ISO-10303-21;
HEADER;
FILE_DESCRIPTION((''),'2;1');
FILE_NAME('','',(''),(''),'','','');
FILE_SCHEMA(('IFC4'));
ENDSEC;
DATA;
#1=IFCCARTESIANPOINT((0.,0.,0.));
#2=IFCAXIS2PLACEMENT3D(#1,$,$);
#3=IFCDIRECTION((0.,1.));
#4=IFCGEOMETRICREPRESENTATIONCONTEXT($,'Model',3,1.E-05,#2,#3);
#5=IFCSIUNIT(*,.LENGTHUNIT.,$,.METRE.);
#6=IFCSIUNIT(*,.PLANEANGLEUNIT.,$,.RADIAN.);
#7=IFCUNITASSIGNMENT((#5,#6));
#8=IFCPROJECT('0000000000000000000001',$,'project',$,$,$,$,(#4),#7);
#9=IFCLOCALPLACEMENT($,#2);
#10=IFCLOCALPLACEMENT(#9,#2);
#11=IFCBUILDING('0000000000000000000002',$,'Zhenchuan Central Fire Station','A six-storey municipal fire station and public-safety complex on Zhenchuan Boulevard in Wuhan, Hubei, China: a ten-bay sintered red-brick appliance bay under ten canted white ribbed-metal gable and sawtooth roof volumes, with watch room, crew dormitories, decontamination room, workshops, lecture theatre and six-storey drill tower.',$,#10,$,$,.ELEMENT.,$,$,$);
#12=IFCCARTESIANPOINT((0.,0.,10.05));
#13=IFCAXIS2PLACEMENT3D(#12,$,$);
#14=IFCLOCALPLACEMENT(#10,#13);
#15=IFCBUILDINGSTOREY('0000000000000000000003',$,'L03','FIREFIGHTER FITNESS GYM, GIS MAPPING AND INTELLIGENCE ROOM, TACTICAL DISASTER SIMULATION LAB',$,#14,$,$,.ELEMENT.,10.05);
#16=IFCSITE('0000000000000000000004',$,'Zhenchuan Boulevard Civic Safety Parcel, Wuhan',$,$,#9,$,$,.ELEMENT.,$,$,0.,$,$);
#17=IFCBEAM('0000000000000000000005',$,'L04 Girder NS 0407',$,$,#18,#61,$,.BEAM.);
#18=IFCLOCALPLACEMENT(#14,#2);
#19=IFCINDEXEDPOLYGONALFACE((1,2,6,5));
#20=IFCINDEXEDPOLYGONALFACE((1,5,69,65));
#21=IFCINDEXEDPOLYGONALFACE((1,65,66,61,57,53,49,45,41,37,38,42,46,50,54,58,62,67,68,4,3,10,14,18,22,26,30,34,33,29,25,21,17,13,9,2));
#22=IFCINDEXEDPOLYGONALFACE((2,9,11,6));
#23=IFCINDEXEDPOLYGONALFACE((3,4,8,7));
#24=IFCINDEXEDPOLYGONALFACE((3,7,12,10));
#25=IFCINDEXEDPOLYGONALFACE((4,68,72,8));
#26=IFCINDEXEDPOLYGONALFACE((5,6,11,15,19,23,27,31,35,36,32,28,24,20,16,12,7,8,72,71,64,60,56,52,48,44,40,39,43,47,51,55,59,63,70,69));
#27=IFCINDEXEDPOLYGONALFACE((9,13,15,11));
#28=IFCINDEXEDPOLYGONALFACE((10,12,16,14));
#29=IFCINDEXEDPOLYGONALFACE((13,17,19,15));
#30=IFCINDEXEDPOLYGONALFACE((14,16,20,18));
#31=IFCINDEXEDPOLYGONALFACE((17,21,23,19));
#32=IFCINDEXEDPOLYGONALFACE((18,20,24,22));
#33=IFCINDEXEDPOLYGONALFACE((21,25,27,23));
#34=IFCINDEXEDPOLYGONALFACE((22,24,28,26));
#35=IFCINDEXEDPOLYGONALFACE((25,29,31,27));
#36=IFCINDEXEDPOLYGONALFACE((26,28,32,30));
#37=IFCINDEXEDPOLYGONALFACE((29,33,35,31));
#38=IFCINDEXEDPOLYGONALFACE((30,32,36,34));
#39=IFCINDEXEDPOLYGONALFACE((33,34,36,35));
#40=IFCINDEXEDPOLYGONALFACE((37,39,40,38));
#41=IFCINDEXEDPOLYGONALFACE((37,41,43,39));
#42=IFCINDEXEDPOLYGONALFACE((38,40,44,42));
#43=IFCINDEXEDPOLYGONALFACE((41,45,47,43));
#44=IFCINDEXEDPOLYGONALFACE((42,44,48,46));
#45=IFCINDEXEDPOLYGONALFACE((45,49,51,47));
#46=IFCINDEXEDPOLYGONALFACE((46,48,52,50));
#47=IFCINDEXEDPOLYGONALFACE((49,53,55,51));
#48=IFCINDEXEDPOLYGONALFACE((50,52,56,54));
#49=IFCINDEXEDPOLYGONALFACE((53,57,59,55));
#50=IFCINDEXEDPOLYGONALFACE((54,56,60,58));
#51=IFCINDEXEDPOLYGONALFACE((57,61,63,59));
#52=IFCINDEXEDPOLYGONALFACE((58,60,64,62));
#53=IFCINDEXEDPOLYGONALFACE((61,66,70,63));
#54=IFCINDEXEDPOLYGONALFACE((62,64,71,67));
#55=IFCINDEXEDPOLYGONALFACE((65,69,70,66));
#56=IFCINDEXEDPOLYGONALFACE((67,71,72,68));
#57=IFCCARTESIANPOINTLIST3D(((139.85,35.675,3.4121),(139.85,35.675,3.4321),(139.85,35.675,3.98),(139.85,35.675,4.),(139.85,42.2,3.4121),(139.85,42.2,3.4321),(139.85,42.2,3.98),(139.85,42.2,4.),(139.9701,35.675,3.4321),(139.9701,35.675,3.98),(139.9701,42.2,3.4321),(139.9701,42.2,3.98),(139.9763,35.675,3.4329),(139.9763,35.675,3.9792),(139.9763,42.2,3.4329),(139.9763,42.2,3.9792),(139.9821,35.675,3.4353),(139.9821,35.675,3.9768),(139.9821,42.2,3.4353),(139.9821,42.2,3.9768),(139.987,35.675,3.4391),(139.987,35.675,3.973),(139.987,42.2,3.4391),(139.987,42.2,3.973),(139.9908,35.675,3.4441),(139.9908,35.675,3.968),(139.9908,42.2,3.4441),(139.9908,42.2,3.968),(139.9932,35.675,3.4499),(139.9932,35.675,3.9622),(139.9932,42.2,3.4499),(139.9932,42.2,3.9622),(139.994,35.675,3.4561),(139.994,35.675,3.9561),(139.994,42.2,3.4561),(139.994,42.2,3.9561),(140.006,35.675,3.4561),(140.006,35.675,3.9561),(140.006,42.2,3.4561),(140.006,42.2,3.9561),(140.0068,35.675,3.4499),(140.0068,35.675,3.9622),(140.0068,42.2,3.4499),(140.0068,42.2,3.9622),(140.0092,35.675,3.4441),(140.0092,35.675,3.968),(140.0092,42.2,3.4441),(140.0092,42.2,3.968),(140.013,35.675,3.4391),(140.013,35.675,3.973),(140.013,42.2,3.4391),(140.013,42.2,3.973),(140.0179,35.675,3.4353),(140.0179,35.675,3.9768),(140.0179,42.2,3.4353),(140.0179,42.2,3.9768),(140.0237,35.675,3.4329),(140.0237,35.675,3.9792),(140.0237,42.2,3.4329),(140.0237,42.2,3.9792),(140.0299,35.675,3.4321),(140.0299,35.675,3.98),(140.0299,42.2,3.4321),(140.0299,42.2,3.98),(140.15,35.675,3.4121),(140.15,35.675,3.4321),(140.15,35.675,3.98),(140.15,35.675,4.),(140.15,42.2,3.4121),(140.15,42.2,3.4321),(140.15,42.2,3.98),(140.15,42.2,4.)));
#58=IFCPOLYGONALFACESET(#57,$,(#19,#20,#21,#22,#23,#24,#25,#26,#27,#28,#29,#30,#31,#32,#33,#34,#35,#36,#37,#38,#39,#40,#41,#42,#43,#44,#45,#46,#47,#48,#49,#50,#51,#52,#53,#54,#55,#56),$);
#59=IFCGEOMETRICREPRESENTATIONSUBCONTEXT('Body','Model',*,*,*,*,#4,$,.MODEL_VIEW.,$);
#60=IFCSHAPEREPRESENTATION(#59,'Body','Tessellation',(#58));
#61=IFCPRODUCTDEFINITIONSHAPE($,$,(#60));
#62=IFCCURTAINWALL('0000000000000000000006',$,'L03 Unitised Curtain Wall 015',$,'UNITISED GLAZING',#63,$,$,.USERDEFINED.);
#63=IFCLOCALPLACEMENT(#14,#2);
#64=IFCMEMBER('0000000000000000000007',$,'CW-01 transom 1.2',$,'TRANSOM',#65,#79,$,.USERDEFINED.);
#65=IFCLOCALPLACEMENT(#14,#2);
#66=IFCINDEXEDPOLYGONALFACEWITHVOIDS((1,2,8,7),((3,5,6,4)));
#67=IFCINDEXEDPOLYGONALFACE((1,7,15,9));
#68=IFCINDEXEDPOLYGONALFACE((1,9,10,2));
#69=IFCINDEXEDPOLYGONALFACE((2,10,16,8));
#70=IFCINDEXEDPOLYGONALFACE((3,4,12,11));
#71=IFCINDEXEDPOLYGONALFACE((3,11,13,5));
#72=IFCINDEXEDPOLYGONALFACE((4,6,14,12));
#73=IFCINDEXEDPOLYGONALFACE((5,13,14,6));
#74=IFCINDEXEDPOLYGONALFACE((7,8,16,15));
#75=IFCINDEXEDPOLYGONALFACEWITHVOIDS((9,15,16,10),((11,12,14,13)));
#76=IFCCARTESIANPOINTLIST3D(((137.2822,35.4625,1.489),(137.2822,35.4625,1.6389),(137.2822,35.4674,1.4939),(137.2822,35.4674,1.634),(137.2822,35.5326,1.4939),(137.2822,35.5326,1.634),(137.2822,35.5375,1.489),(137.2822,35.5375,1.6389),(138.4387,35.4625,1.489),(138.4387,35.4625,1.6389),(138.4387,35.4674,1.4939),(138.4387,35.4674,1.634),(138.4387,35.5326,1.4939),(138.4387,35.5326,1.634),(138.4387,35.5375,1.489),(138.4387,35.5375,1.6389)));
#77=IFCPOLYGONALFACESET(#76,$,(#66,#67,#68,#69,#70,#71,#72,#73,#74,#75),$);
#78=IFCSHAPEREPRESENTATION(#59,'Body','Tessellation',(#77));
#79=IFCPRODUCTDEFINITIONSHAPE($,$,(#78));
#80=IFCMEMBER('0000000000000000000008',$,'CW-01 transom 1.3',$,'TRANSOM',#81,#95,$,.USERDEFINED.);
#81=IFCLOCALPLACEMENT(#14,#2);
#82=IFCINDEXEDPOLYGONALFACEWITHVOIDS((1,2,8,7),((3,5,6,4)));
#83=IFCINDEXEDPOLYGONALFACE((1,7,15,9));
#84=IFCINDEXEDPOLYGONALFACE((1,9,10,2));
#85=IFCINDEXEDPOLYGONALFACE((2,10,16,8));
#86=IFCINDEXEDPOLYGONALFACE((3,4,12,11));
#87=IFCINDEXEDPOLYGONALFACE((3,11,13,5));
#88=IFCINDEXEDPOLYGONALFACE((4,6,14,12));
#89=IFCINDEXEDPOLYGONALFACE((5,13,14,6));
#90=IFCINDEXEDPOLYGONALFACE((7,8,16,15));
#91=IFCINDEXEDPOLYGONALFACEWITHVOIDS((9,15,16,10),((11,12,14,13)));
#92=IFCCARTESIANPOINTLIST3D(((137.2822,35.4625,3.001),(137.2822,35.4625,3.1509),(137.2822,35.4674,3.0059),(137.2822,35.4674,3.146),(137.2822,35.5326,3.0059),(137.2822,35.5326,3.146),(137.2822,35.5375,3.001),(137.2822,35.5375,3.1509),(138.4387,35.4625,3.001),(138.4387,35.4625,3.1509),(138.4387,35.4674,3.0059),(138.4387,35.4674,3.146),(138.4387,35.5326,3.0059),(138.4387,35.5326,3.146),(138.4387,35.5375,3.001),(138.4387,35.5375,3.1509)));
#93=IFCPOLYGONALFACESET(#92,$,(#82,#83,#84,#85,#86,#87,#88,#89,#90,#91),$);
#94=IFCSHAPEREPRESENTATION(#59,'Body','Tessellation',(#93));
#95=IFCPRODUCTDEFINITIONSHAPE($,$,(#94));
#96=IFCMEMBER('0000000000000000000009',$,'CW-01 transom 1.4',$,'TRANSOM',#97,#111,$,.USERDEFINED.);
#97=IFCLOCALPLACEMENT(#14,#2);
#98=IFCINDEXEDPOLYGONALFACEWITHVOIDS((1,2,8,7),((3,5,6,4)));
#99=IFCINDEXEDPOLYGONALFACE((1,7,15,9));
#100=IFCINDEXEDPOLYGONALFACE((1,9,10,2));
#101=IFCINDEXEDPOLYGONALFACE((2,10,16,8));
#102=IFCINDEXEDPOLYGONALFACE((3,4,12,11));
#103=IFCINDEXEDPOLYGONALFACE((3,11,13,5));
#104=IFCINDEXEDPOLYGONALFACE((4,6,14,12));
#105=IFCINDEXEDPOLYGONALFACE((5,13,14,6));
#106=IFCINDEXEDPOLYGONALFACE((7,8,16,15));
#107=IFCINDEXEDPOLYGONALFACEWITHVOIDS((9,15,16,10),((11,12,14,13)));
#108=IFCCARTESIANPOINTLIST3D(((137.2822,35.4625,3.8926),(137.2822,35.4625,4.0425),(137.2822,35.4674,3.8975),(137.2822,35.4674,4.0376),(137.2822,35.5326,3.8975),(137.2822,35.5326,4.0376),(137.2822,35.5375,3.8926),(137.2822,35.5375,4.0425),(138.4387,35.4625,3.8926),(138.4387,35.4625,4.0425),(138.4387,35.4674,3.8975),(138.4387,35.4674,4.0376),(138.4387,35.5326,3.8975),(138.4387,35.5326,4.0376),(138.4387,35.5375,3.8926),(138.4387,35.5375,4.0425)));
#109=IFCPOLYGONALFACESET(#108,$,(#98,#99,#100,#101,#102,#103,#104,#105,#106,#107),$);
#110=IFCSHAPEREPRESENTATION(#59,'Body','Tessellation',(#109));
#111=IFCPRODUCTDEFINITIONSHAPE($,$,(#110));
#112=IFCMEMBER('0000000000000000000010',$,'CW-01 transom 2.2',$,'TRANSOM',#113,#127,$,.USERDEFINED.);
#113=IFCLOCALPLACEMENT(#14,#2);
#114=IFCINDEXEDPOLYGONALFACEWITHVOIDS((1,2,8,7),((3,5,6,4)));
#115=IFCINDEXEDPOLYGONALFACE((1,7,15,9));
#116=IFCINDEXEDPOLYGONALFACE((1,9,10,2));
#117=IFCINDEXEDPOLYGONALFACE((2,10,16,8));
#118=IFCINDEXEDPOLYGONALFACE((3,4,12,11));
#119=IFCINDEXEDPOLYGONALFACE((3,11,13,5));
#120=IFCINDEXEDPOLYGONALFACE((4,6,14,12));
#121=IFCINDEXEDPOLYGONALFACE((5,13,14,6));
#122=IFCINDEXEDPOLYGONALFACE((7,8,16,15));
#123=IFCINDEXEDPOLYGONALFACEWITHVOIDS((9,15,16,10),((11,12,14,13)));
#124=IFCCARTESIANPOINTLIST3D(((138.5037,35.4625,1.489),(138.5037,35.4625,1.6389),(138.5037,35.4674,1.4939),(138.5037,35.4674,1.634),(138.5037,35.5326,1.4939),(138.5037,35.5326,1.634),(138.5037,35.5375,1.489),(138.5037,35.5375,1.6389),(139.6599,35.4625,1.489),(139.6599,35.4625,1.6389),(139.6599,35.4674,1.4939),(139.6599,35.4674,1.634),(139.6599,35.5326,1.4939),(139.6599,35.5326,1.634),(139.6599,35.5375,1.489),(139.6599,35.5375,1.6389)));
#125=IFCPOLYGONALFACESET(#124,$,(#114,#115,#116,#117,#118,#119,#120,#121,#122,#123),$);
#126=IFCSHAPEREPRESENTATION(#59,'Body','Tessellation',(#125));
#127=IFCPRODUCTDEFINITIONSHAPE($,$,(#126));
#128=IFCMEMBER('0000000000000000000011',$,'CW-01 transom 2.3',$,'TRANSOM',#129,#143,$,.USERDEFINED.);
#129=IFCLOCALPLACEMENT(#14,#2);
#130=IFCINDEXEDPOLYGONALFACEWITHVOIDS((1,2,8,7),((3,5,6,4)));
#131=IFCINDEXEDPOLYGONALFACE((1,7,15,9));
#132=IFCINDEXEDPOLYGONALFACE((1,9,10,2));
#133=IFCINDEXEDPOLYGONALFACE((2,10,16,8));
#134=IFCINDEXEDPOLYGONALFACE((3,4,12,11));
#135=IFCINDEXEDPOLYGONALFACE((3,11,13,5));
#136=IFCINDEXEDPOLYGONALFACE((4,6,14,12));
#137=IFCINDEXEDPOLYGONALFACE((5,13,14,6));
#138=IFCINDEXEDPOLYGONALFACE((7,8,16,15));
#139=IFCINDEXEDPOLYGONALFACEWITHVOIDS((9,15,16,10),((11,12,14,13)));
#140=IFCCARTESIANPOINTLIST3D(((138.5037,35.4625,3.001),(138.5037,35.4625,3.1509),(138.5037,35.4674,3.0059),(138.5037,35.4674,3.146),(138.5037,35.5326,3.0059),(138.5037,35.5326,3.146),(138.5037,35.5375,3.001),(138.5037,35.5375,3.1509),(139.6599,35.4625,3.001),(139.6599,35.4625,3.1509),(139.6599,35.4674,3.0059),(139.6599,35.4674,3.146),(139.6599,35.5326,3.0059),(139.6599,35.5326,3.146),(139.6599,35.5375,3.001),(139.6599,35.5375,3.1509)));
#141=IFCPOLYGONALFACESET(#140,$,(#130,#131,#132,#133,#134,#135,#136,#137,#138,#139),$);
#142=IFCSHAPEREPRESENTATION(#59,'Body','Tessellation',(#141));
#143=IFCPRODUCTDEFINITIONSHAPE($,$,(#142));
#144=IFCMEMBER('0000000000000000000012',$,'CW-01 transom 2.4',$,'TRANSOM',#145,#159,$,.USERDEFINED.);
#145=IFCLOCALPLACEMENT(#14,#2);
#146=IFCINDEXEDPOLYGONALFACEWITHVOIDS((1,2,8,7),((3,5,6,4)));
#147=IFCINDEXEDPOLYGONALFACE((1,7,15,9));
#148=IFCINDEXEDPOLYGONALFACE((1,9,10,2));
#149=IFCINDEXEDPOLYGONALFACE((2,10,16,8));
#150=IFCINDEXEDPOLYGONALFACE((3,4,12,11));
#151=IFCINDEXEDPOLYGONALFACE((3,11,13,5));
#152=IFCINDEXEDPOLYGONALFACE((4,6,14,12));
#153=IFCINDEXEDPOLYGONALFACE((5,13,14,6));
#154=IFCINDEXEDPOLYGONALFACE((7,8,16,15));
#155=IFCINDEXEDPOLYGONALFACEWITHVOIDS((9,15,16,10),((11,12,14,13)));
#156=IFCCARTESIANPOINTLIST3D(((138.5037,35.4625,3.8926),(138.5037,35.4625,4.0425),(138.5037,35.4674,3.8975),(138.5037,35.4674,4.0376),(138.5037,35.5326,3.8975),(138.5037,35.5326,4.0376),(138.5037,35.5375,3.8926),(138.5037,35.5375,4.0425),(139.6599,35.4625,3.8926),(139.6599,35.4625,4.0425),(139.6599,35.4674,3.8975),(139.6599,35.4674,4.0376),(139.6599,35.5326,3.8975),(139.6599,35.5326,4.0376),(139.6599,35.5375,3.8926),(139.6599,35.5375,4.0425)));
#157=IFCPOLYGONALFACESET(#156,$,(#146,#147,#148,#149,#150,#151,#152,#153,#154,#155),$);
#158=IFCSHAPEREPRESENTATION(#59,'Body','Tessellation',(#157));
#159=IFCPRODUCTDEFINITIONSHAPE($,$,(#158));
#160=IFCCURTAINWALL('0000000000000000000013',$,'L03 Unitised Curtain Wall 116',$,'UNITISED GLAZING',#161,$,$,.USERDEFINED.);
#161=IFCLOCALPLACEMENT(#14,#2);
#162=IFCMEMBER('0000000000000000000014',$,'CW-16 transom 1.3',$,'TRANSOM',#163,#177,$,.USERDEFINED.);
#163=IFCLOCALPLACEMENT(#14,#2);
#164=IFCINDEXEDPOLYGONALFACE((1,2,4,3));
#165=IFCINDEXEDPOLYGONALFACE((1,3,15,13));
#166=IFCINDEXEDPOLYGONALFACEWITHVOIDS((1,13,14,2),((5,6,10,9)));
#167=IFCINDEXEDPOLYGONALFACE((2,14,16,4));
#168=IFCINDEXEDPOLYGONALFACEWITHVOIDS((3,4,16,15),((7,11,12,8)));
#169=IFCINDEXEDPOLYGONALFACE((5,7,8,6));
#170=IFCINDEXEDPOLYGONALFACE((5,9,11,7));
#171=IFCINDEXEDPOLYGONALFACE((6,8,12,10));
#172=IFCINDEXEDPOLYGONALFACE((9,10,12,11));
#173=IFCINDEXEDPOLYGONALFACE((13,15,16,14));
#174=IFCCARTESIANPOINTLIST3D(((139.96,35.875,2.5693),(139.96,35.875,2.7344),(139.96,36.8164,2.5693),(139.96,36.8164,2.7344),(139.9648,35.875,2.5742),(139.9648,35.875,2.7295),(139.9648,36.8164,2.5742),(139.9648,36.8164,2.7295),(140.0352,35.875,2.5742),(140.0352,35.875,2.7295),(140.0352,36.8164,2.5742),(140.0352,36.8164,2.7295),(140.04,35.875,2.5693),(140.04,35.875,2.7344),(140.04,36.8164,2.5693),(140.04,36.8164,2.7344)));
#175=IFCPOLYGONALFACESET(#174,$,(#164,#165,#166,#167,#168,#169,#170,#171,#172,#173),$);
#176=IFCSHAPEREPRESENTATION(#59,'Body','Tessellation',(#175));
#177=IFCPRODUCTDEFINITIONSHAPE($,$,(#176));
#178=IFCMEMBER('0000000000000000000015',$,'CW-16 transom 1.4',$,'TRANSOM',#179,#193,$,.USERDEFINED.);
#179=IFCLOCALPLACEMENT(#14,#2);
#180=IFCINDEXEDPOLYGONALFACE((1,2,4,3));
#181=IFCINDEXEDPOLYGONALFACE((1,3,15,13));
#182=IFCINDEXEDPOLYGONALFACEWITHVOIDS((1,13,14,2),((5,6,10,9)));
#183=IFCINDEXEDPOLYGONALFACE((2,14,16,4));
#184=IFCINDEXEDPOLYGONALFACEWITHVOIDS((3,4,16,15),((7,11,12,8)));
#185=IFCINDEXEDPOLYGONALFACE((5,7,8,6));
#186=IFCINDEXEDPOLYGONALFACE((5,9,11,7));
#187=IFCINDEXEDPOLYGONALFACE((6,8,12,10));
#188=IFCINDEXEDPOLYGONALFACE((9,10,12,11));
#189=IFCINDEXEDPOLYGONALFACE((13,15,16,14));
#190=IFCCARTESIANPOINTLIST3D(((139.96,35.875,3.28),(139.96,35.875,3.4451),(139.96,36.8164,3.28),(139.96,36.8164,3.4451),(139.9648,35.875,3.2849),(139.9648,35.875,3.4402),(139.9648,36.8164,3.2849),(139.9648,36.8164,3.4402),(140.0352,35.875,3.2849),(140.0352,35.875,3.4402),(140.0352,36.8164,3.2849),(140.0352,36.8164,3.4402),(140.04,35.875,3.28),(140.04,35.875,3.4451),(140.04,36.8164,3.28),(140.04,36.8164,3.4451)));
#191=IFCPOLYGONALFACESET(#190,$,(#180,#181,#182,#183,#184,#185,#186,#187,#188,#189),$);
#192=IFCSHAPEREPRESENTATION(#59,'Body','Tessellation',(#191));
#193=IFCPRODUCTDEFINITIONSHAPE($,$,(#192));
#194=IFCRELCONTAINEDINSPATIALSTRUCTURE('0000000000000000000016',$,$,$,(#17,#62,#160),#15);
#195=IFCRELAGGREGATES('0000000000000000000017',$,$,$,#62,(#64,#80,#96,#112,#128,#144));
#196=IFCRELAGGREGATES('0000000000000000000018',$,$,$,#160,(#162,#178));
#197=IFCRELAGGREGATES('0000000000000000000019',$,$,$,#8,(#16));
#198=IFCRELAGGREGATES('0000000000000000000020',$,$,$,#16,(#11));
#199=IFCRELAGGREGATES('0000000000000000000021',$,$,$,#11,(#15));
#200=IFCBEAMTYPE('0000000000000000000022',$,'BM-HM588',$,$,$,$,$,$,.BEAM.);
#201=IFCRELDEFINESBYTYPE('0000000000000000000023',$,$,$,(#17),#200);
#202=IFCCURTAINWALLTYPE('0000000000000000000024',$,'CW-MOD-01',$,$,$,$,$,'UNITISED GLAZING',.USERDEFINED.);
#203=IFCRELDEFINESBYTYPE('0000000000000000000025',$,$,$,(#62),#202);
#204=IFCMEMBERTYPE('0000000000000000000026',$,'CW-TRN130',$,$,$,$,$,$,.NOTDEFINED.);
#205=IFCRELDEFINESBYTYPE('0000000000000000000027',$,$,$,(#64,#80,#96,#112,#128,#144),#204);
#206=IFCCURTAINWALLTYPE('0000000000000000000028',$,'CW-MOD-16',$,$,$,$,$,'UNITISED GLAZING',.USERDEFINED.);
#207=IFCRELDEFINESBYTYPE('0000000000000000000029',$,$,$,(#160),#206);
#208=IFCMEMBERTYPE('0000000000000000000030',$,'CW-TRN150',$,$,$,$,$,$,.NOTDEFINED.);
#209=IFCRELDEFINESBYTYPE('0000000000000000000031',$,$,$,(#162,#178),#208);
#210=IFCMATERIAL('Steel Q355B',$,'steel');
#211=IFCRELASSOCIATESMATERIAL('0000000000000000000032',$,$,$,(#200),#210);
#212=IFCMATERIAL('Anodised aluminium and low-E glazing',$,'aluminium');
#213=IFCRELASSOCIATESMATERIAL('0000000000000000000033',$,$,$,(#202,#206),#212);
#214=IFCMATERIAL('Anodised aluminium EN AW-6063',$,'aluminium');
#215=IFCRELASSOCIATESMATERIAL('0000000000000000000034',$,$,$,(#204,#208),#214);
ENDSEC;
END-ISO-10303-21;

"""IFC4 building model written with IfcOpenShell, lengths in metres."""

from ifc_helpers import new_model, si_unit, direction, frame, origin, origin_2d, place, context, subcontext, project, spatial, hollow_rectangle, i_section, extrude, material, material_profile, profile_set, type_object, element, aggregate, save


model = new_model("IFC4")

# Units and contexts
model_context = context("Model", 3, precision=1e-05, world=origin(), true_north=direction((0.0, 1.0)))
body_context = subcontext(model_context, "Body", "Model", "MODEL_VIEW")
ifc_project = project(units=[si_unit("LENGTHUNIT", "METRE"), si_unit("PLANEANGLEUNIT", "RADIAN")], contexts=[model_context])

# Site, building, storey
site_placement = place(None, origin())
site = spatial("IfcSite", under=ifc_project, at=site_placement, Name="Zhenchuan Boulevard Civic Safety Parcel, Wuhan", CompositionType="ELEMENT", RefElevation=0.0)
building_placement = place(site_placement, origin())
building = spatial("IfcBuilding", under=site, at=building_placement, Name="Zhenchuan Central Fire Station", Description="A six-storey municipal fire station and public-safety complex on Zhenchuan Boulevard in Wuhan, Hubei, China: a ten-bay sintered red-brick appliance bay under ten canted white ribbed-metal gable and sawtooth roof volumes, with watch room, crew dormitories, decontamination room, workshops, lecture theatre and six-storey drill tower.", CompositionType="ELEMENT")
storey_placement = place(building_placement, frame((0.0, 0.0, 10.05)))
storey = spatial("IfcBuildingStorey", under=building, at=storey_placement, Name="L03", Description="FIREFIGHTER FITNESS GYM, GIS MAPPING AND INTELLIGENCE ROOM, TACTICAL DISASTER SIMULATION LAB", CompositionType="ELEMENT", Elevation=10.05)

# Beam
ifc_material_1 = material(Name="Steel Q355B", Category="steel")
ifc_material_profile_1 = material_profile(ifc_material_1, i_section(OverallWidth=0.3, OverallDepth=0.5879, WebThickness=0.012, FlangeThickness=0.02, FilletRadius=0.0239, at=origin_2d()), Name="HM 588x300")
ifc_profile_set_1 = profile_set([ifc_material_profile_1], Name="Steel Q355B")
beam_type = type_object("IfcBeamType", Name="BM-HM588", PredefinedType="BEAM", material=ifc_profile_set_1)
beam_placement = place(storey_placement, frame((140.0, 35.675, 3.7061), z_axis=(0.0, 1.0, 0.0), x_axis=(-1.0, 0.0, 0.0)))
element("IfcBeam", 1, at=beam_placement, inside=storey, type_object=beam_type, Name="L04 Girder NS 0407", PredefinedType="BEAM", context=body_context, shape_type="SweptSolid", body=[
    extrude(i_section(OverallWidth=0.3, OverallDepth=0.5879, WebThickness=0.012, FlangeThickness=0.02, FilletRadius=0.0239, at=origin_2d()), origin(), (0.0, 0.0, 1.0), 6.5249),
])

# Curtain walls, members
ifc_material_2 = material(Name="Anodised aluminium and low-E glazing", Category="aluminium")
curtain_wall_type_1 = type_object("IfcCurtainWallType", Name="CW-MOD-01", ElementType="UNITISED GLAZING", PredefinedType="USERDEFINED", material=ifc_material_2)
curtain_wall_1_placement = place(storey_placement, origin())
curtain_wall_1 = element("IfcCurtainWall", 2, at=curtain_wall_1_placement, inside=storey, type_object=curtain_wall_type_1, Name="L03 Unitised Curtain Wall 015", ObjectType="UNITISED GLAZING", PredefinedType="USERDEFINED")
ifc_material_3 = material(Name="Anodised aluminium EN AW-6063", Category="aluminium")
ifc_material_profile_2 = material_profile(ifc_material_3, hollow_rectangle(XDim=0.075, YDim=0.1499, WallThickness=0.0049, at=origin_2d()), Name="ALU-T 150x75")
ifc_profile_set_2 = profile_set([ifc_material_profile_2], Name="Anodised aluminium EN AW-6063")
member_type_1 = type_object("IfcMemberType", Name="CW-TRN130", PredefinedType="NOTDEFINED", material=ifc_profile_set_2)
member_1_placement = place(storey_placement, frame((137.2822, 35.5, 1.564), z_axis=(1.0, 0.0, 0.0), x_axis=(0.0, 1.0, 0.0)))
member_1 = element("IfcMember", 3, at=member_1_placement, type_object=member_type_1, Name="CW-01 transom 1.2", ObjectType="TRANSOM", PredefinedType="USERDEFINED", context=body_context, shape_type="SweptSolid", body=[
    extrude(hollow_rectangle(XDim=0.075, YDim=0.1499, WallThickness=0.0049, at=origin_2d()), origin(), (0.0, 0.0, 1.0), 1.1565),
])
member_2_placement = place(storey_placement, frame((137.2822, 35.5, 3.0759), z_axis=(1.0, 0.0, 0.0), x_axis=(0.0, 1.0, 0.0)))
member_2 = element("IfcMember", 4, at=member_2_placement, type_object=member_type_1, Name="CW-01 transom 1.3", ObjectType="TRANSOM", PredefinedType="USERDEFINED", context=body_context, shape_type="SweptSolid", body=[
    extrude(hollow_rectangle(XDim=0.075, YDim=0.1499, WallThickness=0.0049, at=origin_2d()), origin(), (0.0, 0.0, 1.0), 1.1565),
])
member_3_placement = place(storey_placement, frame((137.2822, 35.5, 3.9675), z_axis=(1.0, 0.0, 0.0), x_axis=(0.0, 1.0, 0.0)))
member_3 = element("IfcMember", 5, at=member_3_placement, type_object=member_type_1, Name="CW-01 transom 1.4", ObjectType="TRANSOM", PredefinedType="USERDEFINED", context=body_context, shape_type="SweptSolid", body=[
    extrude(hollow_rectangle(XDim=0.075, YDim=0.1499, WallThickness=0.0049, at=origin_2d()), origin(), (0.0, 0.0, 1.0), 1.1565),
])
member_4_placement = place(storey_placement, frame((138.5037, 35.5, 1.564), z_axis=(1.0, 0.0, 0.0), x_axis=(0.0, 1.0, 0.0)))
member_4 = element("IfcMember", 6, at=member_4_placement, type_object=member_type_1, Name="CW-01 transom 2.2", ObjectType="TRANSOM", PredefinedType="USERDEFINED", context=body_context, shape_type="SweptSolid", body=[
    extrude(hollow_rectangle(XDim=0.075, YDim=0.1499, WallThickness=0.0049, at=origin_2d()), origin(), (0.0, 0.0, 1.0), 1.1562),
])
member_5_placement = place(storey_placement, frame((138.5037, 35.5, 3.0759), z_axis=(1.0, 0.0, 0.0), x_axis=(0.0, 1.0, 0.0)))
member_5 = element("IfcMember", 7, at=member_5_placement, type_object=member_type_1, Name="CW-01 transom 2.3", ObjectType="TRANSOM", PredefinedType="USERDEFINED", context=body_context, shape_type="SweptSolid", body=[
    extrude(hollow_rectangle(XDim=0.075, YDim=0.1499, WallThickness=0.0049, at=origin_2d()), origin(), (0.0, 0.0, 1.0), 1.1562),
])
member_6_placement = place(storey_placement, frame((138.5037, 35.5, 3.9675), z_axis=(1.0, 0.0, 0.0), x_axis=(0.0, 1.0, 0.0)))
member_6 = element("IfcMember", 8, at=member_6_placement, type_object=member_type_1, Name="CW-01 transom 2.4", ObjectType="TRANSOM", PredefinedType="USERDEFINED", context=body_context, shape_type="SweptSolid", body=[
    extrude(hollow_rectangle(XDim=0.075, YDim=0.1499, WallThickness=0.0049, at=origin_2d()), origin(), (0.0, 0.0, 1.0), 1.1562),
])
curtain_wall_type_2 = type_object("IfcCurtainWallType", Name="CW-MOD-16", ElementType="UNITISED GLAZING", PredefinedType="USERDEFINED", material=ifc_material_2)
curtain_wall_2_placement = place(storey_placement, origin())
curtain_wall_2 = element("IfcCurtainWall", 9, at=curtain_wall_2_placement, inside=storey, type_object=curtain_wall_type_2, Name="L03 Unitised Curtain Wall 116", ObjectType="UNITISED GLAZING", PredefinedType="USERDEFINED")
ifc_material_profile_3 = material_profile(ifc_material_3, hollow_rectangle(XDim=0.0801, YDim=0.165, WallThickness=0.0049, at=origin_2d()), Name="ALU-T 165x80")
ifc_profile_set_3 = profile_set([ifc_material_profile_3], Name="Anodised aluminium EN AW-6063")
member_type_2 = type_object("IfcMemberType", Name="CW-TRN150", PredefinedType="NOTDEFINED", material=ifc_profile_set_3)
member_7_placement = place(storey_placement, frame((140.0, 35.875, 2.6519), z_axis=(0.0, 1.0, 0.0), x_axis=(-1.0, 0.0, 0.0)))
member_7 = element("IfcMember", 10, at=member_7_placement, type_object=member_type_2, Name="CW-16 transom 1.3", ObjectType="TRANSOM", PredefinedType="USERDEFINED", context=body_context, shape_type="SweptSolid", body=[
    extrude(hollow_rectangle(XDim=0.0801, YDim=0.165, WallThickness=0.0049, at=origin_2d()), origin(), (0.0, 0.0, 1.0), 0.9414),
])
member_8_placement = place(storey_placement, frame((140.0, 35.875, 3.3625), z_axis=(0.0, 1.0, 0.0), x_axis=(-1.0, 0.0, 0.0)))
member_8 = element("IfcMember", 11, at=member_8_placement, type_object=member_type_2, Name="CW-16 transom 1.4", ObjectType="TRANSOM", PredefinedType="USERDEFINED", context=body_context, shape_type="SweptSolid", body=[
    extrude(hollow_rectangle(XDim=0.0801, YDim=0.165, WallThickness=0.0049, at=origin_2d()), origin(), (0.0, 0.0, 1.0), 0.9414),
])

aggregate(curtain_wall_1, [member_1, member_2, member_3, member_4, member_5, member_6])
aggregate(curtain_wall_2, [member_7, member_8])

save(model, "model.ifc")
